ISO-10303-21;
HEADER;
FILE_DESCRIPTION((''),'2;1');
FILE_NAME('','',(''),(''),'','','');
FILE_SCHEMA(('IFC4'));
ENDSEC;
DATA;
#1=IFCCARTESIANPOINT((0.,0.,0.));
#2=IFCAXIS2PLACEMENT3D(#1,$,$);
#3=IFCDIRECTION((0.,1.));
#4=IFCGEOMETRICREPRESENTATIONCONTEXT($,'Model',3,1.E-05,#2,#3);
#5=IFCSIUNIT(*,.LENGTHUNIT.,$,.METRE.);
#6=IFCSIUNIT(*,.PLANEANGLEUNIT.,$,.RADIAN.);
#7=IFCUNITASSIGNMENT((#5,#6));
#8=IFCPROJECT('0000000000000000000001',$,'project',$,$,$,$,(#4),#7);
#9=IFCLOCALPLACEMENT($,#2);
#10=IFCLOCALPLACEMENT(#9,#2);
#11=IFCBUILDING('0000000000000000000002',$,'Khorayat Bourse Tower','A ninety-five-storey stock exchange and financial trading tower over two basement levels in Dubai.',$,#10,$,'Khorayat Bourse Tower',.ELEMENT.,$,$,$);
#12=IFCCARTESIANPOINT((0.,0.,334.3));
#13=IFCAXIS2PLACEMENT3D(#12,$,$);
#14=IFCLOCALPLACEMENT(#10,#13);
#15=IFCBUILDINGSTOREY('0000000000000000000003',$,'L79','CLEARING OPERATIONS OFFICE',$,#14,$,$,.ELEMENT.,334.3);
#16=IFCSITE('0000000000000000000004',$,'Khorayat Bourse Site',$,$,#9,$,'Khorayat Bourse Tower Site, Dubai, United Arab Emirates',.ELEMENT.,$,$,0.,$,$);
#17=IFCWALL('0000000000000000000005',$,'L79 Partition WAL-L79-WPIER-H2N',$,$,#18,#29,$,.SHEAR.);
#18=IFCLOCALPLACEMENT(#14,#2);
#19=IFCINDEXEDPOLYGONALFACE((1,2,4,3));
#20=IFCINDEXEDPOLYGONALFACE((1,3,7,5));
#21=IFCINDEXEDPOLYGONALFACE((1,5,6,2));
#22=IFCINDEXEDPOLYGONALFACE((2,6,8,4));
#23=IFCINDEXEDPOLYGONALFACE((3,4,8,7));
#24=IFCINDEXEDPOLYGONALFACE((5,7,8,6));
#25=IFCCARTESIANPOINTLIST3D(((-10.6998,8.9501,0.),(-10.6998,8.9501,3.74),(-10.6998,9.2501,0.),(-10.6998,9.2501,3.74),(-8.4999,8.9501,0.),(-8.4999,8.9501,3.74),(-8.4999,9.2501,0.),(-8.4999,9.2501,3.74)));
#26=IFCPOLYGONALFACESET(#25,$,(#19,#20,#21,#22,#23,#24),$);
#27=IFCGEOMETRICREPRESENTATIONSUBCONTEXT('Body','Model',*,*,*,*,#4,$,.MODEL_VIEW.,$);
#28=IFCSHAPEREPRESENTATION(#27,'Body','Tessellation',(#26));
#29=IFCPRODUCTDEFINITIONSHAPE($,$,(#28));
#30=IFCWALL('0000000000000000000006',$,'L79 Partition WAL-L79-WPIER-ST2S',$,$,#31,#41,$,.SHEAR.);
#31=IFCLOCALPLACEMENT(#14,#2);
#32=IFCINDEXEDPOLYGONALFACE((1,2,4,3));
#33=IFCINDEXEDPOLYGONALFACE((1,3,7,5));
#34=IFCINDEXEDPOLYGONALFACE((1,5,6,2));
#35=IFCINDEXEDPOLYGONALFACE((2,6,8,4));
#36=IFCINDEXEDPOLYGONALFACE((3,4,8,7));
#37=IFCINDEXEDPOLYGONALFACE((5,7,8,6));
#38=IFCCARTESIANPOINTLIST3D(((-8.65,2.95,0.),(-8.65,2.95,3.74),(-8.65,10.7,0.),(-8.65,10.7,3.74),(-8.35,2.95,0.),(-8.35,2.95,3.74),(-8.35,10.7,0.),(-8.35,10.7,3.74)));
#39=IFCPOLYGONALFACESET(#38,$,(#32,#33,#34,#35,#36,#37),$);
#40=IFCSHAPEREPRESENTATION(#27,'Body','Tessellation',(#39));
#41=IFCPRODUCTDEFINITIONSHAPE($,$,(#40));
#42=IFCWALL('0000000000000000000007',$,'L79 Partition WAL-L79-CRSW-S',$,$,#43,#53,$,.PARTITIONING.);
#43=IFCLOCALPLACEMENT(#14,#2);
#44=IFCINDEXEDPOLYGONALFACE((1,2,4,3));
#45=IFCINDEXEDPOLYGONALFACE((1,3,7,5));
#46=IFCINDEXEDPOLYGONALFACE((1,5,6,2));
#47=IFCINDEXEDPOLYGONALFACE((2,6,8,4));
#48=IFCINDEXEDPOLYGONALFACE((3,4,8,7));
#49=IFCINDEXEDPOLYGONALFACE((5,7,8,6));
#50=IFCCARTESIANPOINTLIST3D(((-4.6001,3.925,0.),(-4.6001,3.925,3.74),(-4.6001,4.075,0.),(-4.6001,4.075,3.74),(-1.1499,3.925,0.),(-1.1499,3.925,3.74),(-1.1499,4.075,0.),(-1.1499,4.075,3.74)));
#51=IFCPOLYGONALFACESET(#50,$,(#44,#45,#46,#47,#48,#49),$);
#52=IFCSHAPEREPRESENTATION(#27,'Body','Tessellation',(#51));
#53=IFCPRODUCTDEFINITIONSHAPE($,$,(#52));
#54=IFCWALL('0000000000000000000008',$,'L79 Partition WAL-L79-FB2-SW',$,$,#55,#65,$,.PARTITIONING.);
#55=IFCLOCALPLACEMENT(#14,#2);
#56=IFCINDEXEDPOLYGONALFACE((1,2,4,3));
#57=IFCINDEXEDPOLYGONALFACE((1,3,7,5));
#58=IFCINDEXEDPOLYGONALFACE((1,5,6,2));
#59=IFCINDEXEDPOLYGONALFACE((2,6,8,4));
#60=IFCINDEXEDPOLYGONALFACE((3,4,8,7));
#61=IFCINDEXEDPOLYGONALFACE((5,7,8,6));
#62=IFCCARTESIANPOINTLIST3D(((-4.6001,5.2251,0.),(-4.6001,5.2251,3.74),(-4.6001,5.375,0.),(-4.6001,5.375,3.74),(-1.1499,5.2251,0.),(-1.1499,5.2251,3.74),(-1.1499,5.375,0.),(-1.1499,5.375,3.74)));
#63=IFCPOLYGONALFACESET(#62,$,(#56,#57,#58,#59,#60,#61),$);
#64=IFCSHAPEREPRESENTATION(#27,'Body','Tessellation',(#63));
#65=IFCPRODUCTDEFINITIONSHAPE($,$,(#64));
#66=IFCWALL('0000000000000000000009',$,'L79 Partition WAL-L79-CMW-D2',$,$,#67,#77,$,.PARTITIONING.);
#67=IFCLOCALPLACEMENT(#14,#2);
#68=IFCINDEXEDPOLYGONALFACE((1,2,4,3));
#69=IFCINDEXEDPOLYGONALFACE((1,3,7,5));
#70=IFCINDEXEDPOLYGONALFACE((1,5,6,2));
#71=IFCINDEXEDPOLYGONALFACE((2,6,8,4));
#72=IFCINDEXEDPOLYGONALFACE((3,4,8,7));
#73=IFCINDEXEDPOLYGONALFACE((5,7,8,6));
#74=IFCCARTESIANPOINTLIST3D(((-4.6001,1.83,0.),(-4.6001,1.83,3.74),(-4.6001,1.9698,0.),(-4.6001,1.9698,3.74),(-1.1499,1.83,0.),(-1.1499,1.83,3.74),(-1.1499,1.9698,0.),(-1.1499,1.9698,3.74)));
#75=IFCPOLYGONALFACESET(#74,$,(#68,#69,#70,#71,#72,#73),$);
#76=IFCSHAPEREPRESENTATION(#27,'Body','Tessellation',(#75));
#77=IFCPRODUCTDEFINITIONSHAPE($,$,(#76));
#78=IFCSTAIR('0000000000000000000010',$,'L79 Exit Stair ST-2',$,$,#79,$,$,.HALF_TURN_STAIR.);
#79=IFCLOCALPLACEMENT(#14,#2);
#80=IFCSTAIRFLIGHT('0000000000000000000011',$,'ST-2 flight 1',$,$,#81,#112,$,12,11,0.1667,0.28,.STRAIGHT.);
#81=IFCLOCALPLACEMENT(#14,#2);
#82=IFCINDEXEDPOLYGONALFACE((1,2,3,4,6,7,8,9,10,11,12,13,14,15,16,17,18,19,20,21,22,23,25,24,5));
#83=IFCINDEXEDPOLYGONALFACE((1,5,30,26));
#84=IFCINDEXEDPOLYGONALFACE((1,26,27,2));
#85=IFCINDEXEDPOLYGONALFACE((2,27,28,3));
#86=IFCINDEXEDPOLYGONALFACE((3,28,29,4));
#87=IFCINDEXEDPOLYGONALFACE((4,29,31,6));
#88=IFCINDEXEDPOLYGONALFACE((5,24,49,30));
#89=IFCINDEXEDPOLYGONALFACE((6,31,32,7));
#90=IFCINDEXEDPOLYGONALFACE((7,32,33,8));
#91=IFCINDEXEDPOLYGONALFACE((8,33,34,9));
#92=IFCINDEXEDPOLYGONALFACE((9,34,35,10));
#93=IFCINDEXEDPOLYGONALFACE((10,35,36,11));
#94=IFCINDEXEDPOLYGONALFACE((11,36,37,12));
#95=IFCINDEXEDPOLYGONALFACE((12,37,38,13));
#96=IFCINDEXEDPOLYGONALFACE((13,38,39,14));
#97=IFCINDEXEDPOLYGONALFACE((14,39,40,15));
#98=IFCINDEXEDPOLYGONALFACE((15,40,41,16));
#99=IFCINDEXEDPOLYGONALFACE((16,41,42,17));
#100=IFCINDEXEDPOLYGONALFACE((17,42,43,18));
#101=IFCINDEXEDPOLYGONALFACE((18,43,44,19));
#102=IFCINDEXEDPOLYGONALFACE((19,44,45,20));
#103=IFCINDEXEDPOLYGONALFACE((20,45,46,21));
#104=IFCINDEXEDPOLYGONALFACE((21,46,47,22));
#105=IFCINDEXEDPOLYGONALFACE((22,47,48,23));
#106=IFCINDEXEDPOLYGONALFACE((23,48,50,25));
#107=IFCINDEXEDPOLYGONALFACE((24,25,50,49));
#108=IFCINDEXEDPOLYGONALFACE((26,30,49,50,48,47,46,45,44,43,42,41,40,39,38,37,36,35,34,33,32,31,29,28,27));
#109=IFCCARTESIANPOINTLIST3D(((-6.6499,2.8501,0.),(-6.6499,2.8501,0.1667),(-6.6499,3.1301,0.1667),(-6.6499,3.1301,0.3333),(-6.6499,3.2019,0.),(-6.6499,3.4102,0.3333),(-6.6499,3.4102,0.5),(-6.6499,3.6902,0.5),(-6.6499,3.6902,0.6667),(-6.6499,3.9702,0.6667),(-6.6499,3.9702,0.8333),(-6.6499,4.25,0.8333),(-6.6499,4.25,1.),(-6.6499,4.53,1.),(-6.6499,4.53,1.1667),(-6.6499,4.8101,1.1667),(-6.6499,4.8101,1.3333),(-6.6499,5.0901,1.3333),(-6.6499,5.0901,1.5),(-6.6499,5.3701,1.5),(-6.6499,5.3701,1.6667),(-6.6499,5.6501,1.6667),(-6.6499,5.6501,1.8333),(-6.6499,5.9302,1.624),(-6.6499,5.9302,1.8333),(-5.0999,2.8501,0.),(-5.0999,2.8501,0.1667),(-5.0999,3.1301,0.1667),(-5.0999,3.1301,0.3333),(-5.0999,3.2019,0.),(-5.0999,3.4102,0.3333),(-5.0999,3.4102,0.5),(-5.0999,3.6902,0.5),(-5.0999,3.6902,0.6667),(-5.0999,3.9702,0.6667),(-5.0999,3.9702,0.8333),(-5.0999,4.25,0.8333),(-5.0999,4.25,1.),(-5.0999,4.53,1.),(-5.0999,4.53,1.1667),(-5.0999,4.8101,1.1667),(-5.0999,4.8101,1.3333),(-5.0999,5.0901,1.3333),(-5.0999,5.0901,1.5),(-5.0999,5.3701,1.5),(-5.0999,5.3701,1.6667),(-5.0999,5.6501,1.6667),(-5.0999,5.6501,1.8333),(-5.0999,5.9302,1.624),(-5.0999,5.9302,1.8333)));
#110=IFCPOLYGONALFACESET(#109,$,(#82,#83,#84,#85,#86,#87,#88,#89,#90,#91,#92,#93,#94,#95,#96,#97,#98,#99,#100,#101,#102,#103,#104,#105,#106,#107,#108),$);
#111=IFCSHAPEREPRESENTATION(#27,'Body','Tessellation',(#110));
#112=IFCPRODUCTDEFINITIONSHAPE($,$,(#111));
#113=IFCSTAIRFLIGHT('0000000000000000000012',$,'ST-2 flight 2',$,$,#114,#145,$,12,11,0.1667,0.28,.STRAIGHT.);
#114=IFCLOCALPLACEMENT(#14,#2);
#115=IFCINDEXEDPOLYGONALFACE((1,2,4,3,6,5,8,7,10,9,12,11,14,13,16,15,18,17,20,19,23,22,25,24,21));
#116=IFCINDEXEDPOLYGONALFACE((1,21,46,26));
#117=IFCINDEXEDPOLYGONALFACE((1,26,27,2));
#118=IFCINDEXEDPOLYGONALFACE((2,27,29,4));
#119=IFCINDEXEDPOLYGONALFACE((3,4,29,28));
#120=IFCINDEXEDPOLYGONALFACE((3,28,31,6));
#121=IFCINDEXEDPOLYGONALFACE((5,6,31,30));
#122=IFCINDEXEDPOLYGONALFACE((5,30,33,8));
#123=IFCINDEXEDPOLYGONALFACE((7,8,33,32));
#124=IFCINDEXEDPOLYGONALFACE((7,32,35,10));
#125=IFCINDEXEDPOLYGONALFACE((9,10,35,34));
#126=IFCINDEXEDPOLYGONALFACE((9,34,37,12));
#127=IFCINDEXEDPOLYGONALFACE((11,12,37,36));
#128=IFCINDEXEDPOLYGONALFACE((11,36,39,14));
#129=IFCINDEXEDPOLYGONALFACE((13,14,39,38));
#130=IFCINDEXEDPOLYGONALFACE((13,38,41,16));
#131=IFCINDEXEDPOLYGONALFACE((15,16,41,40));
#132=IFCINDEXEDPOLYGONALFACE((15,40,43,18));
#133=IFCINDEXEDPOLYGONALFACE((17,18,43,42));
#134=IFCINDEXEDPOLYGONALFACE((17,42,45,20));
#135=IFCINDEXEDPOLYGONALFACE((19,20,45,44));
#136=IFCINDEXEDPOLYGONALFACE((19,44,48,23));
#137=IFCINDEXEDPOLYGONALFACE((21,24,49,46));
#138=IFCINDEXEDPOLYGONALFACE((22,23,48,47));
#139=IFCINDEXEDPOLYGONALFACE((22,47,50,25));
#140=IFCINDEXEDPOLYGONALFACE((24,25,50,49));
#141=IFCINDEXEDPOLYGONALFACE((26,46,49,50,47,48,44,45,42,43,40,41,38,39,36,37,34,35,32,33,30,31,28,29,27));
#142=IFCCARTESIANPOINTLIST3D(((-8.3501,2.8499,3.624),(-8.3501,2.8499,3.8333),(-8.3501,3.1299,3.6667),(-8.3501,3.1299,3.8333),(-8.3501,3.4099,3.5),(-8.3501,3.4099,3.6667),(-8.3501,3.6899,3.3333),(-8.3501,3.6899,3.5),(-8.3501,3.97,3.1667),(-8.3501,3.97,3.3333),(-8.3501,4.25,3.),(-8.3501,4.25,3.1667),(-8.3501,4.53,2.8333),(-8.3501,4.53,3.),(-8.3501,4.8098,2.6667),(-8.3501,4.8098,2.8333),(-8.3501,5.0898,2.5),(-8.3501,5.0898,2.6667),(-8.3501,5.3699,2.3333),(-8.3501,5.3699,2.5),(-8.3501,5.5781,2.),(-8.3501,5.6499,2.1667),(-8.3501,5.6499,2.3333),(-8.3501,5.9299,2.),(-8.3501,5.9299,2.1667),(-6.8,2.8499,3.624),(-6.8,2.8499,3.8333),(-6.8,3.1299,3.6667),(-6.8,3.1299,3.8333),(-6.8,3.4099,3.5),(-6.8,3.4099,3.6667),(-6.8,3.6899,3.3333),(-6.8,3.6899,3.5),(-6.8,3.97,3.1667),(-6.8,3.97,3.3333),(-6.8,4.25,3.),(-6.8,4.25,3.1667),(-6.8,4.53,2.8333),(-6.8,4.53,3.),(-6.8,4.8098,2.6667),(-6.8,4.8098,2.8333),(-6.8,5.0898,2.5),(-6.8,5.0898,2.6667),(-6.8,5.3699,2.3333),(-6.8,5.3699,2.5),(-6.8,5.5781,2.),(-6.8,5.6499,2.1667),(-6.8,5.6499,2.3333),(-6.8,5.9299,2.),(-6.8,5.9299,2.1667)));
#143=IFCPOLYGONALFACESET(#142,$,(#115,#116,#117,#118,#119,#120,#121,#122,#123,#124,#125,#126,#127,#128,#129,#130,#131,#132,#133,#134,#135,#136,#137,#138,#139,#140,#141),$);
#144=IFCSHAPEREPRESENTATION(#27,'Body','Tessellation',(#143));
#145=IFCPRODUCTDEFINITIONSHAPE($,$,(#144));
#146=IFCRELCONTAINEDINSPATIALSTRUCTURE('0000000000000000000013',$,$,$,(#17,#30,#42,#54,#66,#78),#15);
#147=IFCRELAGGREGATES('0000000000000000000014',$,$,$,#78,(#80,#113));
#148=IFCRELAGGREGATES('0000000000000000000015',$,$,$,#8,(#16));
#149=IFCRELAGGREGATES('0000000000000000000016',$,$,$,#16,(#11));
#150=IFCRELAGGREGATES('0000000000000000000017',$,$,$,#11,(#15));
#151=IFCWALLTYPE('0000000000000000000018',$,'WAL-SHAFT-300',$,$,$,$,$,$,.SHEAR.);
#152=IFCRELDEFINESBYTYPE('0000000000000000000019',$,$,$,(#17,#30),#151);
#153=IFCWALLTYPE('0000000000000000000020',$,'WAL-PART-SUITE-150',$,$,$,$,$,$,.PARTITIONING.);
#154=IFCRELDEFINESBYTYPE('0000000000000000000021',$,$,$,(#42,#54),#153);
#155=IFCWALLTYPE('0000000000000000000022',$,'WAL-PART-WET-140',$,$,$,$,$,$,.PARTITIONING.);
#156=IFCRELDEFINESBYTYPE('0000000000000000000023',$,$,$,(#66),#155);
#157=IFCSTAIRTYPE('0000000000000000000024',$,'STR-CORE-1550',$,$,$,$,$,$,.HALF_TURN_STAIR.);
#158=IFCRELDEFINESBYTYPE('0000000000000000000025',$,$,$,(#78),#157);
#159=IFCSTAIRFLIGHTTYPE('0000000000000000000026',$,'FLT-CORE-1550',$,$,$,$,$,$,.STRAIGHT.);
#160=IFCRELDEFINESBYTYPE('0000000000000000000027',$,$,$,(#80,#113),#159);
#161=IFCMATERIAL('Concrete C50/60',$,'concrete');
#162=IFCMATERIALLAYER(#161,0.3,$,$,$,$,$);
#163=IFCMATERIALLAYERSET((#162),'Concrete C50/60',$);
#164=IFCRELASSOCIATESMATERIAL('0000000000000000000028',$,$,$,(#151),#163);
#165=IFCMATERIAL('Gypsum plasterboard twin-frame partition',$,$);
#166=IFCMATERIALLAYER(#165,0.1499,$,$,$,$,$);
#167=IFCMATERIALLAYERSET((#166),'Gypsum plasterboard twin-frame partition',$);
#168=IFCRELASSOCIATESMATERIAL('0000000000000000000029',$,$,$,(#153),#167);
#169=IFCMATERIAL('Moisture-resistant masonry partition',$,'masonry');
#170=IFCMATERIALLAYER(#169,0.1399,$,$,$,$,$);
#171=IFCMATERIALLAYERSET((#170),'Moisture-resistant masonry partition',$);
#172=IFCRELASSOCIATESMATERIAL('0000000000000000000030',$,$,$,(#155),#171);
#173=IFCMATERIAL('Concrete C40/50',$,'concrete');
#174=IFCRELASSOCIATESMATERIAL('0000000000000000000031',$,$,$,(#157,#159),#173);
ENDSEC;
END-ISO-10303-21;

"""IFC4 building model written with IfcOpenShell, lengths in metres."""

from ifc_helpers import new_model, si_unit, direction, frame, frame_2d, origin, place, context, subcontext, project, spatial, polyline, rectangle, outline, extrude, source, transform, mapped, material, layer, layer_set, type_object, element, aggregate, save


model = new_model("IFC4")

# Units and contexts
model_context = context("Model", 3, precision=1e-05, world=origin(), true_north=direction((0.0, 1.0)))
body_context = subcontext(model_context, "Body", "Model", "MODEL_VIEW")
ifc_project = project(units=[si_unit("LENGTHUNIT", "METRE"), si_unit("PLANEANGLEUNIT", "RADIAN")], contexts=[model_context])

# Site, building, storey
site_placement = place(None, origin())
site = spatial("IfcSite", under=ifc_project, at=site_placement, Name="Khorayat Bourse Site", LongName="Khorayat Bourse Tower Site, Dubai, United Arab Emirates", CompositionType="ELEMENT", RefElevation=0.0)
building_placement = place(site_placement, origin())
building = spatial("IfcBuilding", under=site, at=building_placement, Name="Khorayat Bourse Tower", Description="A ninety-five-storey stock exchange and financial trading tower over two basement levels in Dubai.", LongName="Khorayat Bourse Tower", CompositionType="ELEMENT")
storey_placement = place(building_placement, frame((0.0, 0.0, 334.3)))
storey = spatial("IfcBuildingStorey", under=building, at=storey_placement, Name="L79", Description="CLEARING OPERATIONS OFFICE", CompositionType="ELEMENT", Elevation=334.3)

# Walls
ifc_material_1 = material(Name="Concrete C50/60", Category="concrete")
ifc_layer_1 = layer(ifc_material_1, 0.3)
ifc_layer_set_1 = layer_set([ifc_layer_1], Name="Concrete C50/60")
wall_type_1 = type_object("IfcWallType", Name="WAL-SHAFT-300", PredefinedType="SHEAR", material=ifc_layer_set_1)
shared_shape_1 = source(origin(), body_context, "Body", "SweptSolid", [
    extrude(rectangle(XDim=2.2, YDim=0.3, at=frame_2d((1.1001, 0.0))), origin(), (0.0, 0.0, 1.0), 3.74),
])
for number, where, z_axis, x_axis, name in (
    (1, (-10.7, 9.1001, 0.0), (0.0, 0.0, 1.0), (1.0, 0.0, 0.0), "L79 Partition WAL-L79-WPIER-H2N"),
):
    element("IfcWall", number, at=place(storey_placement, frame(where, z_axis=z_axis, x_axis=x_axis)), inside=storey, type_object=wall_type_1, Name=name, PredefinedType="SHEAR", context=body_context, shape_type="MappedRepresentation", body=[
        mapped(shared_shape_1, transform((0.0, 0.0, 0.0), scale=1.0)),
    ])
shared_shape_2 = source(origin(), body_context, "Body", "SweptSolid", [
    extrude(rectangle(XDim=7.75, YDim=0.3, at=frame_2d((3.875, 0.0))), origin(), (0.0, 0.0, 1.0), 3.74),
])
wall_1_placement = place(storey_placement, frame((-8.5, 2.95, 0.0), z_axis=(0.0, 0.0, 1.0), x_axis=(0.0, 1.0, 0.0)))
element("IfcWall", 2, at=wall_1_placement, inside=storey, type_object=wall_type_1, Name="L79 Partition WAL-L79-WPIER-ST2S", PredefinedType="SHEAR", context=body_context, shape_type="MappedRepresentation", body=[
    mapped(shared_shape_2, transform((0.0, 0.0, 0.0), scale=1.0)),
])
ifc_material_2 = material(Name="Gypsum plasterboard twin-frame partition")
ifc_layer_2 = layer(ifc_material_2, 0.1499)
ifc_layer_set_2 = layer_set([ifc_layer_2], Name="Gypsum plasterboard twin-frame partition")
wall_type_2 = type_object("IfcWallType", Name="WAL-PART-SUITE-150", PredefinedType="PARTITIONING", material=ifc_layer_set_2)
shared_shape_3 = source(origin(), body_context, "Body", "SweptSolid", [
    extrude(rectangle(XDim=3.4502, YDim=0.1499, at=frame_2d((1.7251, 0.0))), origin(), (0.0, 0.0, 1.0), 3.74),
])
for number, where, z_axis, x_axis, name in (
    (3, (-4.6001, 4.0, 0.0), (0.0, 0.0, 1.0), (1.0, 0.0, 0.0), "L79 Partition WAL-L79-CRSW-S"),
    (4, (-4.6001, 5.3, 0.0), (0.0, 0.0, 1.0), (1.0, 0.0, 0.0), "L79 Partition WAL-L79-FB2-SW"),
):
    element("IfcWall", number, at=place(storey_placement, frame(where, z_axis=z_axis, x_axis=x_axis)), inside=storey, type_object=wall_type_2, Name=name, PredefinedType="PARTITIONING", context=body_context, shape_type="MappedRepresentation", body=[
        mapped(shared_shape_3, transform((0.0, 0.0, 0.0), scale=1.0)),
    ])
ifc_material_3 = material(Name="Moisture-resistant masonry partition", Category="masonry")
ifc_layer_3 = layer(ifc_material_3, 0.1399)
ifc_layer_set_3 = layer_set([ifc_layer_3], Name="Moisture-resistant masonry partition")
wall_type_3 = type_object("IfcWallType", Name="WAL-PART-WET-140", PredefinedType="PARTITIONING", material=ifc_layer_set_3)
shared_shape_4 = source(origin(), body_context, "Body", "SweptSolid", [
    extrude(rectangle(XDim=3.4502, YDim=0.1399, at=frame_2d((1.7251, 0.0))), origin(), (0.0, 0.0, 1.0), 3.74),
])
wall_2_placement = place(storey_placement, frame((-4.6001, 1.8999, 0.0), z_axis=(0.0, 0.0, 1.0), x_axis=(1.0, 0.0, 0.0)))
element("IfcWall", 5, at=wall_2_placement, inside=storey, type_object=wall_type_3, Name="L79 Partition WAL-L79-CMW-D2", PredefinedType="PARTITIONING", context=body_context, shape_type="MappedRepresentation", body=[
    mapped(shared_shape_4, transform((0.0, 0.0, 0.0), scale=1.0)),
])

# Stair, stair flights
ifc_material_4 = material(Name="Concrete C40/50", Category="concrete")
stair_type = type_object("IfcStairType", Name="STR-CORE-1550", PredefinedType="HALF_TURN_STAIR", material=ifc_material_4)
stair_placement = place(storey_placement, origin())
stair = element("IfcStair", 6, at=stair_placement, inside=storey, type_object=stair_type, Name="L79 Exit Stair ST-2", PredefinedType="HALF_TURN_STAIR")
stair_flight_type = type_object("IfcStairFlightType", Name="FLT-CORE-1550", PredefinedType="STRAIGHT", material=ifc_material_4)
shared_shape_5 = source(origin(), body_context, "Body", "SweptSolid", [
    extrude(outline(polyline([(0.0, 0.0), (0.0, 0.1667), (0.28, 0.1667), (0.28, 0.3333), (0.5601, 0.3333), (0.5601, 0.5), (0.8401, 0.5), (0.8401, 0.6667), (1.1201, 0.6667), (1.1201, 0.8333), (1.3999, 0.8333), (1.3999, 1.0), (1.6799, 1.0), (1.6799, 1.1667), (1.96, 1.1667), (1.96, 1.3333), (2.24, 1.3333), (2.24, 1.5), (2.52, 1.5), (2.52, 1.6667), (2.8, 1.6667), (2.8, 1.8333), (3.0801, 1.8333), (3.0801, 2.0), (3.0801, 1.624), (0.3518, 0.0), (0.0, 0.0)])), frame((0.0, 0.7749, 0.0), z_axis=(0.0, -1.0, 0.0), x_axis=(1.0, 0.0, 0.0)), (0.0, 0.0, 1.0), 1.55),
])
stair_flight_1_placement = place(storey_placement, frame((-5.875, 2.8501, 0.0), z_axis=(0.0, 0.0, 1.0), x_axis=(0.0, 1.0, 0.0)))
stair_flight_1 = element("IfcStairFlight", 7, at=stair_flight_1_placement, type_object=stair_flight_type, Name="ST-2 flight 1", NumberOfRisers=12, NumberOfTreads=11, PredefinedType="STRAIGHT", RiserHeight=0.1667, TreadLength=0.28, context=body_context, shape_type="MappedRepresentation", body=[
    mapped(shared_shape_5, transform((0.0, 0.0, 0.0), scale=1.0)),
])
stair_flight_2_placement = place(storey_placement, frame((-7.575, 5.9299, 2.0), z_axis=(0.0, 0.0, 1.0), x_axis=(0.0, -1.0, 0.0)))
stair_flight_2 = element("IfcStairFlight", 8, at=stair_flight_2_placement, type_object=stair_flight_type, Name="ST-2 flight 2", NumberOfRisers=12, NumberOfTreads=11, PredefinedType="STRAIGHT", RiserHeight=0.1667, TreadLength=0.28, context=body_context, shape_type="MappedRepresentation", body=[
    mapped(shared_shape_5, transform((0.0, 0.0, 0.0), scale=1.0)),
])
aggregate(stair, [stair_flight_1, stair_flight_2])

save(model, "model.ifc")
